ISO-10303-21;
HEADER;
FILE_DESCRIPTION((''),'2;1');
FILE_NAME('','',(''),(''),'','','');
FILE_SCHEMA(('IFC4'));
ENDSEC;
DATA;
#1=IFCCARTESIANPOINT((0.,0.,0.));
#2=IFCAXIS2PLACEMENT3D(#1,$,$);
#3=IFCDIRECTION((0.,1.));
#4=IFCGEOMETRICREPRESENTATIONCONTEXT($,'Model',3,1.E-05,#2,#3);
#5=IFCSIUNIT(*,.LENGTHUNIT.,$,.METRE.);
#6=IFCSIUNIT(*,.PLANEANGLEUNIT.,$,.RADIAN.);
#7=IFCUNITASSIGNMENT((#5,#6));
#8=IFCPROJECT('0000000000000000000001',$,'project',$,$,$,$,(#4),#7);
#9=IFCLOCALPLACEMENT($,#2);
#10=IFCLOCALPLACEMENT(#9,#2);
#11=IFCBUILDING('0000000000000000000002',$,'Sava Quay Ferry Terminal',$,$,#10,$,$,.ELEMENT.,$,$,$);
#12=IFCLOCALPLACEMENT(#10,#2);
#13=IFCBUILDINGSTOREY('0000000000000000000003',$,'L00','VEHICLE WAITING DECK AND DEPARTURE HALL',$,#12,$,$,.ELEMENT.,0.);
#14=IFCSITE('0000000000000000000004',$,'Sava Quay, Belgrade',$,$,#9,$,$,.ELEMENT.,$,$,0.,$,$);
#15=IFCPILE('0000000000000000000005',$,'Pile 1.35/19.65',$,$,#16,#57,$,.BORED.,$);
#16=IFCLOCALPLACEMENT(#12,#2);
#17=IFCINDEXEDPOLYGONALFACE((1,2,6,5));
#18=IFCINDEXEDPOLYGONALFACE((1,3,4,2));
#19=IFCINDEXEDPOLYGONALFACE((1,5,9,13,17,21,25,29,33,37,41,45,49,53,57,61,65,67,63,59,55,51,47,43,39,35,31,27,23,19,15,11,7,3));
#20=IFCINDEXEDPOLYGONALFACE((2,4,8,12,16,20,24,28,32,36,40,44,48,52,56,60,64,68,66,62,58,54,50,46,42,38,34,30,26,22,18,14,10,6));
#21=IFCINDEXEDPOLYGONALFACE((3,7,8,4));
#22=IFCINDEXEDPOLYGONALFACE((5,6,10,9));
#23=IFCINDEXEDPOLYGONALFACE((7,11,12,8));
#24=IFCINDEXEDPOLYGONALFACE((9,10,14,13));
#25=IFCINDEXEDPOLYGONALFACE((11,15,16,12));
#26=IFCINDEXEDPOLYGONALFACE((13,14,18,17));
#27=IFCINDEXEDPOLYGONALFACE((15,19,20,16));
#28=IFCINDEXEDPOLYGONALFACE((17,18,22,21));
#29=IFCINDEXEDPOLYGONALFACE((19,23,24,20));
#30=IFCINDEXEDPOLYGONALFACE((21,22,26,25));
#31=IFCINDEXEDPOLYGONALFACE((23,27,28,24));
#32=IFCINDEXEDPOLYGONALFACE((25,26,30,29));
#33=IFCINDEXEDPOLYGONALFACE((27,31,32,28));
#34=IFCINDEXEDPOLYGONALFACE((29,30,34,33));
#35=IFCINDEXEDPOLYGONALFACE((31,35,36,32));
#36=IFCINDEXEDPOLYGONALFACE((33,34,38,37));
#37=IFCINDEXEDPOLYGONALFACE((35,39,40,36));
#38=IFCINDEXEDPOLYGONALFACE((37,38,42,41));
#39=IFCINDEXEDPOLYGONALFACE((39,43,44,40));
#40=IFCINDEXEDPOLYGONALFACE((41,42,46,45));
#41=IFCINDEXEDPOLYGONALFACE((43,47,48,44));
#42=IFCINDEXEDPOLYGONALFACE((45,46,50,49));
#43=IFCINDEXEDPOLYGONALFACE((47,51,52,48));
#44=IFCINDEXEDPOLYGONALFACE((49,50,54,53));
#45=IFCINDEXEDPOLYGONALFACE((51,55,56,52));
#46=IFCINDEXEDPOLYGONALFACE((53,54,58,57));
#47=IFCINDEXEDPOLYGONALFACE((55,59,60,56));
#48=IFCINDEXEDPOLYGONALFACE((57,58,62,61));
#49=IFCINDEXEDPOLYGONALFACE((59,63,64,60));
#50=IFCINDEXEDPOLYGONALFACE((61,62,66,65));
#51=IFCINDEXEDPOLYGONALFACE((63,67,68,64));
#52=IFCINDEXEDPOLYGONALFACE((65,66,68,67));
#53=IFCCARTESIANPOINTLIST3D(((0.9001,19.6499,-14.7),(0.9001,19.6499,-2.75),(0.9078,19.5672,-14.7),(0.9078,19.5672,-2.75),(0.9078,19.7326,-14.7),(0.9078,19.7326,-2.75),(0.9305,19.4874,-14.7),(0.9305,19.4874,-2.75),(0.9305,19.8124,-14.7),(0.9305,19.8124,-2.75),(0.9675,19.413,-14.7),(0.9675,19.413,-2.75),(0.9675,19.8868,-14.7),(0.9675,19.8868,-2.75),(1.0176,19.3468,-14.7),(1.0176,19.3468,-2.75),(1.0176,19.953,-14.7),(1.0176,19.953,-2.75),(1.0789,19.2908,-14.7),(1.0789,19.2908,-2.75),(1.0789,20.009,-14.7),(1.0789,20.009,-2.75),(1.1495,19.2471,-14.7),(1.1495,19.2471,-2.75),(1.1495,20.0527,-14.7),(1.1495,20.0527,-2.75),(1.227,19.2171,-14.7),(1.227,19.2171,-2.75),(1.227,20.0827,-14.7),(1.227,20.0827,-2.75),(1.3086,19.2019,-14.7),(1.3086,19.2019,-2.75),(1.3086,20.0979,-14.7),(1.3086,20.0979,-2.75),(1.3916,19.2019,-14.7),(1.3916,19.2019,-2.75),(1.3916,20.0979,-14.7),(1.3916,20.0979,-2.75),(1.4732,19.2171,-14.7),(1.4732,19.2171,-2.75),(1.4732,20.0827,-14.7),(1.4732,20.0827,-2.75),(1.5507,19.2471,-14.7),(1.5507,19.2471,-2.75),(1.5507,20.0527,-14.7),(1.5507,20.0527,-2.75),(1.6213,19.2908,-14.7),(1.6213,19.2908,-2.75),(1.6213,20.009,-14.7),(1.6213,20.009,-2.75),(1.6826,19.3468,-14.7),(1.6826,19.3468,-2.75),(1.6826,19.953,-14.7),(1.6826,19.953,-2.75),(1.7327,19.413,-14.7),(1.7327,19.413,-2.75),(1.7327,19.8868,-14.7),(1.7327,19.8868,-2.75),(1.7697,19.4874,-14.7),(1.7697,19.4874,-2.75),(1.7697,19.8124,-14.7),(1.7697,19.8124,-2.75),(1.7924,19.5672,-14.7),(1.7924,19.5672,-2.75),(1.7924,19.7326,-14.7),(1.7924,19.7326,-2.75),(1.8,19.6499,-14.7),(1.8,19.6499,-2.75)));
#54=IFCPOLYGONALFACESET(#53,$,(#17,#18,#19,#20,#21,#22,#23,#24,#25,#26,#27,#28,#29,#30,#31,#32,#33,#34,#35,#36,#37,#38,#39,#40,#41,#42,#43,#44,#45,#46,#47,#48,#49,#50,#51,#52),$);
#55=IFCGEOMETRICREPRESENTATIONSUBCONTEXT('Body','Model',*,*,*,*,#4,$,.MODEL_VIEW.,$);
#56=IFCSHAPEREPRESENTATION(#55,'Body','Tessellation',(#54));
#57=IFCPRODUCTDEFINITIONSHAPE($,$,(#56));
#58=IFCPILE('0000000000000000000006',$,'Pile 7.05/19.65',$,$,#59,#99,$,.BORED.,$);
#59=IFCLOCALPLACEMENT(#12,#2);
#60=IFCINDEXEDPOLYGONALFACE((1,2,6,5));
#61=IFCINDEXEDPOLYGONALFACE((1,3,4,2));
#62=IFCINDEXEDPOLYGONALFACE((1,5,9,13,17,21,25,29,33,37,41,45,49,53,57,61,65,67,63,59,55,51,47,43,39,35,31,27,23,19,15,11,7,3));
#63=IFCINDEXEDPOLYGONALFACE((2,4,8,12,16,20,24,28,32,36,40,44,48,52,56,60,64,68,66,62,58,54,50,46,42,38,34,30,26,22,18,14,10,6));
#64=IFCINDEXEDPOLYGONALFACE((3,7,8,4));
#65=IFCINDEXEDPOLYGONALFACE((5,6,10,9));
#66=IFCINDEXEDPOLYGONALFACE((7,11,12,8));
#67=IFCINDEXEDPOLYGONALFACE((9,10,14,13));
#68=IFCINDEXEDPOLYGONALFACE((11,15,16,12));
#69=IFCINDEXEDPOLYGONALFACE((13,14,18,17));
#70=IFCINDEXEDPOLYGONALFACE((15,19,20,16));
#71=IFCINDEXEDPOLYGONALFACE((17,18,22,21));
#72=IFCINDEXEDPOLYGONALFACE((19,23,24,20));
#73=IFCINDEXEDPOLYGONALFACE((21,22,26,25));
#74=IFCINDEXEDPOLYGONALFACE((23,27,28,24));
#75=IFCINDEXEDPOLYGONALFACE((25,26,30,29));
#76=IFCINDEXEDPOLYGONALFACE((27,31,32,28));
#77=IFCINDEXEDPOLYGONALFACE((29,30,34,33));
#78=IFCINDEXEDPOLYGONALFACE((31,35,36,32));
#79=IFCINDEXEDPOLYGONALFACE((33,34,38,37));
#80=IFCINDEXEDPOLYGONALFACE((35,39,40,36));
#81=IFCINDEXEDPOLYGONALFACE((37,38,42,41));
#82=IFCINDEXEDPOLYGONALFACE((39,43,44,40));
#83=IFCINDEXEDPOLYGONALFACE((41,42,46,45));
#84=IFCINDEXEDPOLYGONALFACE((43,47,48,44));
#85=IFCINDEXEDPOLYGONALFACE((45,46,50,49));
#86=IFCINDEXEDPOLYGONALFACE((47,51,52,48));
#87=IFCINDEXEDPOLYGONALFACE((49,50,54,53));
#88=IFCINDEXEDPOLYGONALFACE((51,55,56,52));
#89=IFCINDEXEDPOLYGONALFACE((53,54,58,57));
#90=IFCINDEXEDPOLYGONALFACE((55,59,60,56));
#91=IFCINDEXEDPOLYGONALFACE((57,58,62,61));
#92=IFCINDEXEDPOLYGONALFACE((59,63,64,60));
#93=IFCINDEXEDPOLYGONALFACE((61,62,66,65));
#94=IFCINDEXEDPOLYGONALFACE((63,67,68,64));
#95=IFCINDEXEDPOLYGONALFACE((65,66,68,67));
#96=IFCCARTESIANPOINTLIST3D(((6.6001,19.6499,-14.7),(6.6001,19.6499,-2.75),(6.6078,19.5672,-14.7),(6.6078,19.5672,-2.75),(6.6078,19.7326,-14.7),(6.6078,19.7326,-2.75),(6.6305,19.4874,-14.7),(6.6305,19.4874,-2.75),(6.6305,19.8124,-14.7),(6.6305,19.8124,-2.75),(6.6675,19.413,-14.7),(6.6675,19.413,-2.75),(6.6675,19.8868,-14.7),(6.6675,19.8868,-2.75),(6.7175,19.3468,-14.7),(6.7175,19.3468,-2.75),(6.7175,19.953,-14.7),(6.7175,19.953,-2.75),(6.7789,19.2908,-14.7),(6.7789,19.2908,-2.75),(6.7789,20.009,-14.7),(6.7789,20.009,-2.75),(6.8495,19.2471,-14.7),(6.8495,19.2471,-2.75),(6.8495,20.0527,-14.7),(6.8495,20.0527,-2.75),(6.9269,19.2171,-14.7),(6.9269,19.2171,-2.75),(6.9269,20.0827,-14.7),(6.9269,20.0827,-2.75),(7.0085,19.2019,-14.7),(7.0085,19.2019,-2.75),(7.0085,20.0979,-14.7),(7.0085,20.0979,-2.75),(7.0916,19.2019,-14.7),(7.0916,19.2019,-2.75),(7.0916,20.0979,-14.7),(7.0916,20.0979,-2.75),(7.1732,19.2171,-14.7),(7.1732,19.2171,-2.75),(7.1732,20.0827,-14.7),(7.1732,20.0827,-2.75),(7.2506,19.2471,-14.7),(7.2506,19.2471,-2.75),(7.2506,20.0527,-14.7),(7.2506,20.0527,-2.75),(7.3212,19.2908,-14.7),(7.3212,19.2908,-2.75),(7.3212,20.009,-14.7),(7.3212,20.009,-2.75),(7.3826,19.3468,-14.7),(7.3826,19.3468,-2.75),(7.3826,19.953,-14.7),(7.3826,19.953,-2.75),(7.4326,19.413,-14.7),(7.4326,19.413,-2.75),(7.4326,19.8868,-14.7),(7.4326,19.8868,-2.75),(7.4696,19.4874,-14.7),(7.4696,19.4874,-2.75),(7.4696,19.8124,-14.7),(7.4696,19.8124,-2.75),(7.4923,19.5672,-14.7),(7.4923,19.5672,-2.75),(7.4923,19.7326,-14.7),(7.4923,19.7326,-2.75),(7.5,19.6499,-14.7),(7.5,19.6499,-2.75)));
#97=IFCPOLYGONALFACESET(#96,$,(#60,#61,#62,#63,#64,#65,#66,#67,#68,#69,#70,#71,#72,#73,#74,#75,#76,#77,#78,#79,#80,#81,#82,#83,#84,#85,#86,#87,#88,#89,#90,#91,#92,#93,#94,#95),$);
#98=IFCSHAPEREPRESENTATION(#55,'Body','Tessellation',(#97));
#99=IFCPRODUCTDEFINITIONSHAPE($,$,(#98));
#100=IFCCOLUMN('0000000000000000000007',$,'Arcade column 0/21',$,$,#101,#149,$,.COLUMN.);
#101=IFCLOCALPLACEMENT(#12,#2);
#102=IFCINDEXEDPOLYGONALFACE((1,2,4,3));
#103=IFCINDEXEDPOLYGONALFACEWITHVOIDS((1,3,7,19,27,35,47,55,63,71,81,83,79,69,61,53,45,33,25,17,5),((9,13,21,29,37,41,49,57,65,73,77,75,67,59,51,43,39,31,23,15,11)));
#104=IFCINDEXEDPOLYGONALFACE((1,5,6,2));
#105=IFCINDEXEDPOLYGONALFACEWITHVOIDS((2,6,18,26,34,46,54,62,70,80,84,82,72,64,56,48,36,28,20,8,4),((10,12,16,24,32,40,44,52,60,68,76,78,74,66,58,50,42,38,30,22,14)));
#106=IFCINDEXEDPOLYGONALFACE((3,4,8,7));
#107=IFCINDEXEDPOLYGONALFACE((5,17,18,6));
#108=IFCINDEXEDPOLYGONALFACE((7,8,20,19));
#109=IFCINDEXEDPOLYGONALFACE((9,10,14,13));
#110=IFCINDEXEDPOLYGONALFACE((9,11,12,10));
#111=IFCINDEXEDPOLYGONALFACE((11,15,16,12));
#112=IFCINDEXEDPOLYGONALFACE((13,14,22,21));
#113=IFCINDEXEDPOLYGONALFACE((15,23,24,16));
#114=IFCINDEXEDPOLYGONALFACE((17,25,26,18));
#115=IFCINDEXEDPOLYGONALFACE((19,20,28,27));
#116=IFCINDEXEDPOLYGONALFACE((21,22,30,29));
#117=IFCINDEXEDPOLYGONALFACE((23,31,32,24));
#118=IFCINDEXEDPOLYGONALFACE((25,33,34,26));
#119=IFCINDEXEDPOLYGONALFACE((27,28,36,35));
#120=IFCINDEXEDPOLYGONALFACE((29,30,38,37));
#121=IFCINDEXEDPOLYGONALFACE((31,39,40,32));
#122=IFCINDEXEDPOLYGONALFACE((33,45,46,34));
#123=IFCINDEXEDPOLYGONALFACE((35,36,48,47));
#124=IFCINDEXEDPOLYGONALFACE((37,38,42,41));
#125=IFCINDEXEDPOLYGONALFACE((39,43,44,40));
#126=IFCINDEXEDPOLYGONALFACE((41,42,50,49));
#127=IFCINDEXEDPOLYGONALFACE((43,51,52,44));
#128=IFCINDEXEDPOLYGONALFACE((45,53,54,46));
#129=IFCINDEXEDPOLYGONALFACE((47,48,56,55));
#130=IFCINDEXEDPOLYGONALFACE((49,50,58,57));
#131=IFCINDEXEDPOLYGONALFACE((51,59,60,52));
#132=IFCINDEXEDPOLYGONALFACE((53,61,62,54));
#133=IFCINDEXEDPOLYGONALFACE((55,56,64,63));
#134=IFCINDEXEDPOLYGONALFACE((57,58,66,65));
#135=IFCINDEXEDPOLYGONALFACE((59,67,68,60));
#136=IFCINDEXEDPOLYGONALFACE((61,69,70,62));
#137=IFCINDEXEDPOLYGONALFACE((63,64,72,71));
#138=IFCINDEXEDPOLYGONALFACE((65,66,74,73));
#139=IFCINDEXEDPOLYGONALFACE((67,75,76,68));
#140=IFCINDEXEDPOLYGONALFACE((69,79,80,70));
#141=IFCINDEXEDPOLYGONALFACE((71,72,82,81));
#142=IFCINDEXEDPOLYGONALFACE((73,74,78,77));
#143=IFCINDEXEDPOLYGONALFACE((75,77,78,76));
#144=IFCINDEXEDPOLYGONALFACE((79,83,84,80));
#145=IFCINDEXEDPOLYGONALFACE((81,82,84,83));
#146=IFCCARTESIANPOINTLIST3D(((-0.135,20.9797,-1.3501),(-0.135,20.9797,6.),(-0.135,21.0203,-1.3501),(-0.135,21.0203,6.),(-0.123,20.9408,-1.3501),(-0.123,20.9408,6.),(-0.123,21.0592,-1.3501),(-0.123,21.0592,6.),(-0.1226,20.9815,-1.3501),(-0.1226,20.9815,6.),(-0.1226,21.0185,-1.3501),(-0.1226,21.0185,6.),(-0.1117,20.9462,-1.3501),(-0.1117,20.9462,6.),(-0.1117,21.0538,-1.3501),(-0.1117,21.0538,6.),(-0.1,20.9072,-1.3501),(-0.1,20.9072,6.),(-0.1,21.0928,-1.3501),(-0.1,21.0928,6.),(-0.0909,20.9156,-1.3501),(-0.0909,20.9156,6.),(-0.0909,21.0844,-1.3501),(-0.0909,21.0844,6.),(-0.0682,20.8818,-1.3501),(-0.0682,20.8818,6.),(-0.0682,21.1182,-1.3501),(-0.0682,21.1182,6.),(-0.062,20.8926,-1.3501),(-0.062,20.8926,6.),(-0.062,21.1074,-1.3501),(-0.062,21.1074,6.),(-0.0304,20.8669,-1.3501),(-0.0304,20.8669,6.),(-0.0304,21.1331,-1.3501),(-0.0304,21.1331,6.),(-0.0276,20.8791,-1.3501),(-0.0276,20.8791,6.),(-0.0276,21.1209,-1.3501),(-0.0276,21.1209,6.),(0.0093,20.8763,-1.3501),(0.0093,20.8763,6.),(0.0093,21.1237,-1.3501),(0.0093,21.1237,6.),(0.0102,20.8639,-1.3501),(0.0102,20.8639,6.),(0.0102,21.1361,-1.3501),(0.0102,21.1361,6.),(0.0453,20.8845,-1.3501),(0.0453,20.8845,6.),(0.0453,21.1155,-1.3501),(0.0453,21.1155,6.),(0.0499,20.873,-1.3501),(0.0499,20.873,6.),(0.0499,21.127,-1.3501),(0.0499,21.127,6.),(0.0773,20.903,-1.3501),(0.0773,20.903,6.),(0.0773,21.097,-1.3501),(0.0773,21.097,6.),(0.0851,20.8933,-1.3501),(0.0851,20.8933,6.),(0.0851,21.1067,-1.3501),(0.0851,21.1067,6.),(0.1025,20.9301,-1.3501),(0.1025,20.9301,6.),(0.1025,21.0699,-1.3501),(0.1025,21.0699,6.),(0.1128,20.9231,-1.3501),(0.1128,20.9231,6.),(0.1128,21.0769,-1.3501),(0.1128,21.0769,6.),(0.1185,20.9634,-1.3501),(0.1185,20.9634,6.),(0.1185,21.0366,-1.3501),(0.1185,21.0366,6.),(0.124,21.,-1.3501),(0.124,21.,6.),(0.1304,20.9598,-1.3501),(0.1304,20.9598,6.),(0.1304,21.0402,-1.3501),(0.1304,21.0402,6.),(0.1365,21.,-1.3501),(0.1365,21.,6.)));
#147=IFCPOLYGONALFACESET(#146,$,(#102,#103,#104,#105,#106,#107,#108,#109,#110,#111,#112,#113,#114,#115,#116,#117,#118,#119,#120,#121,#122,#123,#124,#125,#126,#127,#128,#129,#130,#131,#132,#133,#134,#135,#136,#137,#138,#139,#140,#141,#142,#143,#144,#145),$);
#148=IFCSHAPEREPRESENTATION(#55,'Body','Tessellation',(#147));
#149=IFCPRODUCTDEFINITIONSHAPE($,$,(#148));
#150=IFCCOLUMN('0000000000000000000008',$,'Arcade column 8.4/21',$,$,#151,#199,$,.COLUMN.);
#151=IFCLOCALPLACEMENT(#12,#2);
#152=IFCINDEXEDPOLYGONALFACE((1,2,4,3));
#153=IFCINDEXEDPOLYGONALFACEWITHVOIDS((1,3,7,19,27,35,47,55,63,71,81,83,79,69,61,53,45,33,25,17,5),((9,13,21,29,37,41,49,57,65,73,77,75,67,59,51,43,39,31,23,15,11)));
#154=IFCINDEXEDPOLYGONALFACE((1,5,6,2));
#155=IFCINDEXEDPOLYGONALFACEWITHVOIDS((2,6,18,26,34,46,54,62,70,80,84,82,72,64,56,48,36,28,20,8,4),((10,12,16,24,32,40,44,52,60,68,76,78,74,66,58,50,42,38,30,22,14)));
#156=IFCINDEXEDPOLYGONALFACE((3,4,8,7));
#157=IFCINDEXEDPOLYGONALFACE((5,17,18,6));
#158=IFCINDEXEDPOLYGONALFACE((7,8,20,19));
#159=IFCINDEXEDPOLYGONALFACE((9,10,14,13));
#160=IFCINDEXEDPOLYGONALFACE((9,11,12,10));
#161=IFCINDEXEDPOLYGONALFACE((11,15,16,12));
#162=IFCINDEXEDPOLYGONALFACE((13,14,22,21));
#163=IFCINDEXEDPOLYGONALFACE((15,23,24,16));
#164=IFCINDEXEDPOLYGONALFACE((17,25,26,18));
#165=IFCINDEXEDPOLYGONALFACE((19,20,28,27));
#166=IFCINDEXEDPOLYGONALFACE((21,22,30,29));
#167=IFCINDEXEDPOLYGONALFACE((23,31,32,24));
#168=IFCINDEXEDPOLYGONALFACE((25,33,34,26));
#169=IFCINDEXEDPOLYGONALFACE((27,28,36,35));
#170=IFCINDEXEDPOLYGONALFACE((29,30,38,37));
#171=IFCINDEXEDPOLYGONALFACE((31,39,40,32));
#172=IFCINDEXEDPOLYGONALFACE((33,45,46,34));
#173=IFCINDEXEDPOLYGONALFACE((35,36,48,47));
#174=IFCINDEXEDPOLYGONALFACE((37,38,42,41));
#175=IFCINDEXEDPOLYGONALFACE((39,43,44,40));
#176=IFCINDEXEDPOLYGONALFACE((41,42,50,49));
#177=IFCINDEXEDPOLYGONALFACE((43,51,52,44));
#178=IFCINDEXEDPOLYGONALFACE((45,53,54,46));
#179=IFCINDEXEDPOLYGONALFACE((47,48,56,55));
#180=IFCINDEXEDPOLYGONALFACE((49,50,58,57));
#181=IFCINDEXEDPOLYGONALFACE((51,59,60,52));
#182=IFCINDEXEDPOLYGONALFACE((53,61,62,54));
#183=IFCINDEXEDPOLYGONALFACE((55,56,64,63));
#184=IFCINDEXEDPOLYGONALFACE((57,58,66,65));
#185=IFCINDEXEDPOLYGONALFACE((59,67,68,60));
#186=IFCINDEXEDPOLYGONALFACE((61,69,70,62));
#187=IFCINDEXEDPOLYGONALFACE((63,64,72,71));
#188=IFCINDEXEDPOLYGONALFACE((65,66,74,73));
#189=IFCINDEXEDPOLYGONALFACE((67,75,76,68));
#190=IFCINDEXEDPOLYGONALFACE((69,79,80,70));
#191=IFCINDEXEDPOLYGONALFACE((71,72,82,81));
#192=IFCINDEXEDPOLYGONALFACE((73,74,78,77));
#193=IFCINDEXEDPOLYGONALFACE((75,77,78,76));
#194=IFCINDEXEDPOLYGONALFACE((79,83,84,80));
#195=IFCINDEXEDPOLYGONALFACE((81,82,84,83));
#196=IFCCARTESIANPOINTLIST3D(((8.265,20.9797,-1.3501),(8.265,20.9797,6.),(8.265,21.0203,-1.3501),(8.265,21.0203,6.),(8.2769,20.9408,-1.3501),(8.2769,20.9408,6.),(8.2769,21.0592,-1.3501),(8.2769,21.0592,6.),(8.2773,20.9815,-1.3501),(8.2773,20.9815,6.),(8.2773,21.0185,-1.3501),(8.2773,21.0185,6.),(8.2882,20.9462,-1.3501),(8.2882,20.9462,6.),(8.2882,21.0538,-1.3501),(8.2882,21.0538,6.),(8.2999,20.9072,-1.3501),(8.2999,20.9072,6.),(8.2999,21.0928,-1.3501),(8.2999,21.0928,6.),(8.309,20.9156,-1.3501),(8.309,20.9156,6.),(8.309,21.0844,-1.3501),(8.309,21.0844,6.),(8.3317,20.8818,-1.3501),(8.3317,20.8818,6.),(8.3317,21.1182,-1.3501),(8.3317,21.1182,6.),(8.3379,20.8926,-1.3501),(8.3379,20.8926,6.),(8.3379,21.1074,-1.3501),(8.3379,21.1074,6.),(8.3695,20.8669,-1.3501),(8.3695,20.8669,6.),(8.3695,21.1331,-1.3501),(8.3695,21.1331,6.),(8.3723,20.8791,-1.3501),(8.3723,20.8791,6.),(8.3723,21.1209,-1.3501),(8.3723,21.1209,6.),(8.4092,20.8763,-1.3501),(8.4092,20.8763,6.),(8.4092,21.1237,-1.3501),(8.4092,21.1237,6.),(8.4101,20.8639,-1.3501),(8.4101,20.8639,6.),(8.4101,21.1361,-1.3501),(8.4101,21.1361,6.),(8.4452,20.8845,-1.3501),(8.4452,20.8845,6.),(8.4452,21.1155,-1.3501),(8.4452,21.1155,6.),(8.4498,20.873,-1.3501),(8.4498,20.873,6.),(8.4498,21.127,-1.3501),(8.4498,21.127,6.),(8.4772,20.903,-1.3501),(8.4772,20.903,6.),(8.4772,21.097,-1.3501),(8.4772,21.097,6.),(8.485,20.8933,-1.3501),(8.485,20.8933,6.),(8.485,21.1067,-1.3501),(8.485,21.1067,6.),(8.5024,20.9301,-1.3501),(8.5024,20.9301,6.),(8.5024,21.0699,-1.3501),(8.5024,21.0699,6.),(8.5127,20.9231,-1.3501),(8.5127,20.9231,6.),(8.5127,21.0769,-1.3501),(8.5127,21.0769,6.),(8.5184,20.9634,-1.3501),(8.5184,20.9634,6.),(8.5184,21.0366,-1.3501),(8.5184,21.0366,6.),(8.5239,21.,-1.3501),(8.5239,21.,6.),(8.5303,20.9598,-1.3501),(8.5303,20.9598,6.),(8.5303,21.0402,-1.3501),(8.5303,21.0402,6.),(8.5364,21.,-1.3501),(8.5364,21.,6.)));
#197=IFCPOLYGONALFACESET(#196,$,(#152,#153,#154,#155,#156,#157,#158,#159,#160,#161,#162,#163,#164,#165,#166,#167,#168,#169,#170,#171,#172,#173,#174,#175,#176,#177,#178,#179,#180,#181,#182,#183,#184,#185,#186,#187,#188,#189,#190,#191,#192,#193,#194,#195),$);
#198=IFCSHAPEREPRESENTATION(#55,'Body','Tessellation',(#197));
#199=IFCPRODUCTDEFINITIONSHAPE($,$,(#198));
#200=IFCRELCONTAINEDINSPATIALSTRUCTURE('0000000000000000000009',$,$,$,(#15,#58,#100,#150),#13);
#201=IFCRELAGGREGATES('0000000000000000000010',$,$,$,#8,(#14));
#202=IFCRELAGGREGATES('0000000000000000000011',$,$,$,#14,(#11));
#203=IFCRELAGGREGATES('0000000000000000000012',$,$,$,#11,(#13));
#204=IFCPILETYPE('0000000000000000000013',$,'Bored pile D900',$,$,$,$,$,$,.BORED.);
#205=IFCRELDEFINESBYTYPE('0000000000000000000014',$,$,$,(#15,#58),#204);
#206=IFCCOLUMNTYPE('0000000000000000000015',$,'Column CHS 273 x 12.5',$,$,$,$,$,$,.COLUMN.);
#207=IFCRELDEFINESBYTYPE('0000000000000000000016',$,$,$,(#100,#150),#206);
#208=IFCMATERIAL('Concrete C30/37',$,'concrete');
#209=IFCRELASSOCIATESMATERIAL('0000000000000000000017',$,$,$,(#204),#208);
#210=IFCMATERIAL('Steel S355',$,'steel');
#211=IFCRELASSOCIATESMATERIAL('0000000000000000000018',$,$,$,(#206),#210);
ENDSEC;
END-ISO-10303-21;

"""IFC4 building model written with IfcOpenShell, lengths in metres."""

from ifc_helpers import new_model, si_unit, direction, frame, origin, origin_2d, place, context, subcontext, project, spatial, circle, hollow_circle, extrude, material, material_profile, profile_set, type_object, element, save


model = new_model("IFC4")

# Units and contexts
model_context = context("Model", 3, precision=1e-05, world=origin(), true_north=direction((0.0, 1.0)))
body_context = subcontext(model_context, "Body", "Model", "MODEL_VIEW")
ifc_project = project(units=[si_unit("LENGTHUNIT", "METRE"), si_unit("PLANEANGLEUNIT", "RADIAN")], contexts=[model_context])

# Site, building, storey
site_placement = place(None, origin())
site = spatial("IfcSite", under=ifc_project, at=site_placement, Name="Sava Quay, Belgrade", CompositionType="ELEMENT", RefElevation=0.0)
building_placement = place(site_placement, origin())
building = spatial("IfcBuilding", under=site, at=building_placement, Name="Sava Quay Ferry Terminal", CompositionType="ELEMENT")
storey_placement = place(building_placement, origin())
storey = spatial("IfcBuildingStorey", under=building, at=storey_placement, Name="L00", Description="VEHICLE WAITING DECK AND DEPARTURE HALL", CompositionType="ELEMENT", Elevation=0.0)

# Piles
ifc_material_1 = material(Name="Concrete C30/37", Category="concrete")
ifc_material_profile_1 = material_profile(ifc_material_1, circle(Radius=0.45, at=origin_2d()), Name="Bored pile D900")
ifc_profile_set_1 = profile_set([ifc_material_profile_1], Name="Concrete C30/37")
pile_type = type_object("IfcPileType", Name="Bored pile D900", PredefinedType="BORED", material=ifc_profile_set_1)
for number, where, z_axis, x_axis, name in (
    (1, (1.3501, 19.6499, -2.75), (0.0, 0.0, -1.0), (1.0, 0.0, 0.0), "Pile 1.35/19.65"),
    (2, (7.05, 19.6499, -2.75), (0.0, 0.0, -1.0), (1.0, 0.0, 0.0), "Pile 7.05/19.65"),
):
    element("IfcPile", number, at=place(storey_placement, frame(where, z_axis=z_axis, x_axis=x_axis)), inside=storey, type_object=pile_type, Name=name, PredefinedType="BORED", context=body_context, shape_type="SweptSolid", body=[
        extrude(circle(Radius=0.45, at=origin_2d()), origin(), (0.0, 0.0, 1.0), 11.95),
    ])

# Columns
ifc_material_2 = material(Name="Steel S355", Category="steel")
ifc_material_profile_2 = material_profile(ifc_material_2, hollow_circle(Radius=0.1365, WallThickness=0.0125, at=origin_2d()), Name="CHS 273 x 12.5")
ifc_profile_set_2 = profile_set([ifc_material_profile_2], Name="Steel S355")
column_type = type_object("IfcColumnType", Name="Column CHS 273 x 12.5", PredefinedType="COLUMN", material=ifc_profile_set_2)
for number, where, z_axis, x_axis, name in (
    (3, (0.0, 21.0, -1.3501), (0.0, 0.0, 1.0), (1.0, 0.0, 0.0), "Arcade column 0/21"),
    (4, (8.3999, 21.0, -1.3501), (0.0, 0.0, 1.0), (1.0, 0.0, 0.0), "Arcade column 8.4/21"),
):
    element("IfcColumn", number, at=place(storey_placement, frame(where, z_axis=z_axis, x_axis=x_axis)), inside=storey, type_object=column_type, Name=name, PredefinedType="COLUMN", context=body_context, shape_type="SweptSolid", body=[
        extrude(hollow_circle(Radius=0.1365, WallThickness=0.0125, at=origin_2d()), origin(), (0.0, 0.0, 1.0), 7.3501),
    ])

save(model, "model.ifc")
